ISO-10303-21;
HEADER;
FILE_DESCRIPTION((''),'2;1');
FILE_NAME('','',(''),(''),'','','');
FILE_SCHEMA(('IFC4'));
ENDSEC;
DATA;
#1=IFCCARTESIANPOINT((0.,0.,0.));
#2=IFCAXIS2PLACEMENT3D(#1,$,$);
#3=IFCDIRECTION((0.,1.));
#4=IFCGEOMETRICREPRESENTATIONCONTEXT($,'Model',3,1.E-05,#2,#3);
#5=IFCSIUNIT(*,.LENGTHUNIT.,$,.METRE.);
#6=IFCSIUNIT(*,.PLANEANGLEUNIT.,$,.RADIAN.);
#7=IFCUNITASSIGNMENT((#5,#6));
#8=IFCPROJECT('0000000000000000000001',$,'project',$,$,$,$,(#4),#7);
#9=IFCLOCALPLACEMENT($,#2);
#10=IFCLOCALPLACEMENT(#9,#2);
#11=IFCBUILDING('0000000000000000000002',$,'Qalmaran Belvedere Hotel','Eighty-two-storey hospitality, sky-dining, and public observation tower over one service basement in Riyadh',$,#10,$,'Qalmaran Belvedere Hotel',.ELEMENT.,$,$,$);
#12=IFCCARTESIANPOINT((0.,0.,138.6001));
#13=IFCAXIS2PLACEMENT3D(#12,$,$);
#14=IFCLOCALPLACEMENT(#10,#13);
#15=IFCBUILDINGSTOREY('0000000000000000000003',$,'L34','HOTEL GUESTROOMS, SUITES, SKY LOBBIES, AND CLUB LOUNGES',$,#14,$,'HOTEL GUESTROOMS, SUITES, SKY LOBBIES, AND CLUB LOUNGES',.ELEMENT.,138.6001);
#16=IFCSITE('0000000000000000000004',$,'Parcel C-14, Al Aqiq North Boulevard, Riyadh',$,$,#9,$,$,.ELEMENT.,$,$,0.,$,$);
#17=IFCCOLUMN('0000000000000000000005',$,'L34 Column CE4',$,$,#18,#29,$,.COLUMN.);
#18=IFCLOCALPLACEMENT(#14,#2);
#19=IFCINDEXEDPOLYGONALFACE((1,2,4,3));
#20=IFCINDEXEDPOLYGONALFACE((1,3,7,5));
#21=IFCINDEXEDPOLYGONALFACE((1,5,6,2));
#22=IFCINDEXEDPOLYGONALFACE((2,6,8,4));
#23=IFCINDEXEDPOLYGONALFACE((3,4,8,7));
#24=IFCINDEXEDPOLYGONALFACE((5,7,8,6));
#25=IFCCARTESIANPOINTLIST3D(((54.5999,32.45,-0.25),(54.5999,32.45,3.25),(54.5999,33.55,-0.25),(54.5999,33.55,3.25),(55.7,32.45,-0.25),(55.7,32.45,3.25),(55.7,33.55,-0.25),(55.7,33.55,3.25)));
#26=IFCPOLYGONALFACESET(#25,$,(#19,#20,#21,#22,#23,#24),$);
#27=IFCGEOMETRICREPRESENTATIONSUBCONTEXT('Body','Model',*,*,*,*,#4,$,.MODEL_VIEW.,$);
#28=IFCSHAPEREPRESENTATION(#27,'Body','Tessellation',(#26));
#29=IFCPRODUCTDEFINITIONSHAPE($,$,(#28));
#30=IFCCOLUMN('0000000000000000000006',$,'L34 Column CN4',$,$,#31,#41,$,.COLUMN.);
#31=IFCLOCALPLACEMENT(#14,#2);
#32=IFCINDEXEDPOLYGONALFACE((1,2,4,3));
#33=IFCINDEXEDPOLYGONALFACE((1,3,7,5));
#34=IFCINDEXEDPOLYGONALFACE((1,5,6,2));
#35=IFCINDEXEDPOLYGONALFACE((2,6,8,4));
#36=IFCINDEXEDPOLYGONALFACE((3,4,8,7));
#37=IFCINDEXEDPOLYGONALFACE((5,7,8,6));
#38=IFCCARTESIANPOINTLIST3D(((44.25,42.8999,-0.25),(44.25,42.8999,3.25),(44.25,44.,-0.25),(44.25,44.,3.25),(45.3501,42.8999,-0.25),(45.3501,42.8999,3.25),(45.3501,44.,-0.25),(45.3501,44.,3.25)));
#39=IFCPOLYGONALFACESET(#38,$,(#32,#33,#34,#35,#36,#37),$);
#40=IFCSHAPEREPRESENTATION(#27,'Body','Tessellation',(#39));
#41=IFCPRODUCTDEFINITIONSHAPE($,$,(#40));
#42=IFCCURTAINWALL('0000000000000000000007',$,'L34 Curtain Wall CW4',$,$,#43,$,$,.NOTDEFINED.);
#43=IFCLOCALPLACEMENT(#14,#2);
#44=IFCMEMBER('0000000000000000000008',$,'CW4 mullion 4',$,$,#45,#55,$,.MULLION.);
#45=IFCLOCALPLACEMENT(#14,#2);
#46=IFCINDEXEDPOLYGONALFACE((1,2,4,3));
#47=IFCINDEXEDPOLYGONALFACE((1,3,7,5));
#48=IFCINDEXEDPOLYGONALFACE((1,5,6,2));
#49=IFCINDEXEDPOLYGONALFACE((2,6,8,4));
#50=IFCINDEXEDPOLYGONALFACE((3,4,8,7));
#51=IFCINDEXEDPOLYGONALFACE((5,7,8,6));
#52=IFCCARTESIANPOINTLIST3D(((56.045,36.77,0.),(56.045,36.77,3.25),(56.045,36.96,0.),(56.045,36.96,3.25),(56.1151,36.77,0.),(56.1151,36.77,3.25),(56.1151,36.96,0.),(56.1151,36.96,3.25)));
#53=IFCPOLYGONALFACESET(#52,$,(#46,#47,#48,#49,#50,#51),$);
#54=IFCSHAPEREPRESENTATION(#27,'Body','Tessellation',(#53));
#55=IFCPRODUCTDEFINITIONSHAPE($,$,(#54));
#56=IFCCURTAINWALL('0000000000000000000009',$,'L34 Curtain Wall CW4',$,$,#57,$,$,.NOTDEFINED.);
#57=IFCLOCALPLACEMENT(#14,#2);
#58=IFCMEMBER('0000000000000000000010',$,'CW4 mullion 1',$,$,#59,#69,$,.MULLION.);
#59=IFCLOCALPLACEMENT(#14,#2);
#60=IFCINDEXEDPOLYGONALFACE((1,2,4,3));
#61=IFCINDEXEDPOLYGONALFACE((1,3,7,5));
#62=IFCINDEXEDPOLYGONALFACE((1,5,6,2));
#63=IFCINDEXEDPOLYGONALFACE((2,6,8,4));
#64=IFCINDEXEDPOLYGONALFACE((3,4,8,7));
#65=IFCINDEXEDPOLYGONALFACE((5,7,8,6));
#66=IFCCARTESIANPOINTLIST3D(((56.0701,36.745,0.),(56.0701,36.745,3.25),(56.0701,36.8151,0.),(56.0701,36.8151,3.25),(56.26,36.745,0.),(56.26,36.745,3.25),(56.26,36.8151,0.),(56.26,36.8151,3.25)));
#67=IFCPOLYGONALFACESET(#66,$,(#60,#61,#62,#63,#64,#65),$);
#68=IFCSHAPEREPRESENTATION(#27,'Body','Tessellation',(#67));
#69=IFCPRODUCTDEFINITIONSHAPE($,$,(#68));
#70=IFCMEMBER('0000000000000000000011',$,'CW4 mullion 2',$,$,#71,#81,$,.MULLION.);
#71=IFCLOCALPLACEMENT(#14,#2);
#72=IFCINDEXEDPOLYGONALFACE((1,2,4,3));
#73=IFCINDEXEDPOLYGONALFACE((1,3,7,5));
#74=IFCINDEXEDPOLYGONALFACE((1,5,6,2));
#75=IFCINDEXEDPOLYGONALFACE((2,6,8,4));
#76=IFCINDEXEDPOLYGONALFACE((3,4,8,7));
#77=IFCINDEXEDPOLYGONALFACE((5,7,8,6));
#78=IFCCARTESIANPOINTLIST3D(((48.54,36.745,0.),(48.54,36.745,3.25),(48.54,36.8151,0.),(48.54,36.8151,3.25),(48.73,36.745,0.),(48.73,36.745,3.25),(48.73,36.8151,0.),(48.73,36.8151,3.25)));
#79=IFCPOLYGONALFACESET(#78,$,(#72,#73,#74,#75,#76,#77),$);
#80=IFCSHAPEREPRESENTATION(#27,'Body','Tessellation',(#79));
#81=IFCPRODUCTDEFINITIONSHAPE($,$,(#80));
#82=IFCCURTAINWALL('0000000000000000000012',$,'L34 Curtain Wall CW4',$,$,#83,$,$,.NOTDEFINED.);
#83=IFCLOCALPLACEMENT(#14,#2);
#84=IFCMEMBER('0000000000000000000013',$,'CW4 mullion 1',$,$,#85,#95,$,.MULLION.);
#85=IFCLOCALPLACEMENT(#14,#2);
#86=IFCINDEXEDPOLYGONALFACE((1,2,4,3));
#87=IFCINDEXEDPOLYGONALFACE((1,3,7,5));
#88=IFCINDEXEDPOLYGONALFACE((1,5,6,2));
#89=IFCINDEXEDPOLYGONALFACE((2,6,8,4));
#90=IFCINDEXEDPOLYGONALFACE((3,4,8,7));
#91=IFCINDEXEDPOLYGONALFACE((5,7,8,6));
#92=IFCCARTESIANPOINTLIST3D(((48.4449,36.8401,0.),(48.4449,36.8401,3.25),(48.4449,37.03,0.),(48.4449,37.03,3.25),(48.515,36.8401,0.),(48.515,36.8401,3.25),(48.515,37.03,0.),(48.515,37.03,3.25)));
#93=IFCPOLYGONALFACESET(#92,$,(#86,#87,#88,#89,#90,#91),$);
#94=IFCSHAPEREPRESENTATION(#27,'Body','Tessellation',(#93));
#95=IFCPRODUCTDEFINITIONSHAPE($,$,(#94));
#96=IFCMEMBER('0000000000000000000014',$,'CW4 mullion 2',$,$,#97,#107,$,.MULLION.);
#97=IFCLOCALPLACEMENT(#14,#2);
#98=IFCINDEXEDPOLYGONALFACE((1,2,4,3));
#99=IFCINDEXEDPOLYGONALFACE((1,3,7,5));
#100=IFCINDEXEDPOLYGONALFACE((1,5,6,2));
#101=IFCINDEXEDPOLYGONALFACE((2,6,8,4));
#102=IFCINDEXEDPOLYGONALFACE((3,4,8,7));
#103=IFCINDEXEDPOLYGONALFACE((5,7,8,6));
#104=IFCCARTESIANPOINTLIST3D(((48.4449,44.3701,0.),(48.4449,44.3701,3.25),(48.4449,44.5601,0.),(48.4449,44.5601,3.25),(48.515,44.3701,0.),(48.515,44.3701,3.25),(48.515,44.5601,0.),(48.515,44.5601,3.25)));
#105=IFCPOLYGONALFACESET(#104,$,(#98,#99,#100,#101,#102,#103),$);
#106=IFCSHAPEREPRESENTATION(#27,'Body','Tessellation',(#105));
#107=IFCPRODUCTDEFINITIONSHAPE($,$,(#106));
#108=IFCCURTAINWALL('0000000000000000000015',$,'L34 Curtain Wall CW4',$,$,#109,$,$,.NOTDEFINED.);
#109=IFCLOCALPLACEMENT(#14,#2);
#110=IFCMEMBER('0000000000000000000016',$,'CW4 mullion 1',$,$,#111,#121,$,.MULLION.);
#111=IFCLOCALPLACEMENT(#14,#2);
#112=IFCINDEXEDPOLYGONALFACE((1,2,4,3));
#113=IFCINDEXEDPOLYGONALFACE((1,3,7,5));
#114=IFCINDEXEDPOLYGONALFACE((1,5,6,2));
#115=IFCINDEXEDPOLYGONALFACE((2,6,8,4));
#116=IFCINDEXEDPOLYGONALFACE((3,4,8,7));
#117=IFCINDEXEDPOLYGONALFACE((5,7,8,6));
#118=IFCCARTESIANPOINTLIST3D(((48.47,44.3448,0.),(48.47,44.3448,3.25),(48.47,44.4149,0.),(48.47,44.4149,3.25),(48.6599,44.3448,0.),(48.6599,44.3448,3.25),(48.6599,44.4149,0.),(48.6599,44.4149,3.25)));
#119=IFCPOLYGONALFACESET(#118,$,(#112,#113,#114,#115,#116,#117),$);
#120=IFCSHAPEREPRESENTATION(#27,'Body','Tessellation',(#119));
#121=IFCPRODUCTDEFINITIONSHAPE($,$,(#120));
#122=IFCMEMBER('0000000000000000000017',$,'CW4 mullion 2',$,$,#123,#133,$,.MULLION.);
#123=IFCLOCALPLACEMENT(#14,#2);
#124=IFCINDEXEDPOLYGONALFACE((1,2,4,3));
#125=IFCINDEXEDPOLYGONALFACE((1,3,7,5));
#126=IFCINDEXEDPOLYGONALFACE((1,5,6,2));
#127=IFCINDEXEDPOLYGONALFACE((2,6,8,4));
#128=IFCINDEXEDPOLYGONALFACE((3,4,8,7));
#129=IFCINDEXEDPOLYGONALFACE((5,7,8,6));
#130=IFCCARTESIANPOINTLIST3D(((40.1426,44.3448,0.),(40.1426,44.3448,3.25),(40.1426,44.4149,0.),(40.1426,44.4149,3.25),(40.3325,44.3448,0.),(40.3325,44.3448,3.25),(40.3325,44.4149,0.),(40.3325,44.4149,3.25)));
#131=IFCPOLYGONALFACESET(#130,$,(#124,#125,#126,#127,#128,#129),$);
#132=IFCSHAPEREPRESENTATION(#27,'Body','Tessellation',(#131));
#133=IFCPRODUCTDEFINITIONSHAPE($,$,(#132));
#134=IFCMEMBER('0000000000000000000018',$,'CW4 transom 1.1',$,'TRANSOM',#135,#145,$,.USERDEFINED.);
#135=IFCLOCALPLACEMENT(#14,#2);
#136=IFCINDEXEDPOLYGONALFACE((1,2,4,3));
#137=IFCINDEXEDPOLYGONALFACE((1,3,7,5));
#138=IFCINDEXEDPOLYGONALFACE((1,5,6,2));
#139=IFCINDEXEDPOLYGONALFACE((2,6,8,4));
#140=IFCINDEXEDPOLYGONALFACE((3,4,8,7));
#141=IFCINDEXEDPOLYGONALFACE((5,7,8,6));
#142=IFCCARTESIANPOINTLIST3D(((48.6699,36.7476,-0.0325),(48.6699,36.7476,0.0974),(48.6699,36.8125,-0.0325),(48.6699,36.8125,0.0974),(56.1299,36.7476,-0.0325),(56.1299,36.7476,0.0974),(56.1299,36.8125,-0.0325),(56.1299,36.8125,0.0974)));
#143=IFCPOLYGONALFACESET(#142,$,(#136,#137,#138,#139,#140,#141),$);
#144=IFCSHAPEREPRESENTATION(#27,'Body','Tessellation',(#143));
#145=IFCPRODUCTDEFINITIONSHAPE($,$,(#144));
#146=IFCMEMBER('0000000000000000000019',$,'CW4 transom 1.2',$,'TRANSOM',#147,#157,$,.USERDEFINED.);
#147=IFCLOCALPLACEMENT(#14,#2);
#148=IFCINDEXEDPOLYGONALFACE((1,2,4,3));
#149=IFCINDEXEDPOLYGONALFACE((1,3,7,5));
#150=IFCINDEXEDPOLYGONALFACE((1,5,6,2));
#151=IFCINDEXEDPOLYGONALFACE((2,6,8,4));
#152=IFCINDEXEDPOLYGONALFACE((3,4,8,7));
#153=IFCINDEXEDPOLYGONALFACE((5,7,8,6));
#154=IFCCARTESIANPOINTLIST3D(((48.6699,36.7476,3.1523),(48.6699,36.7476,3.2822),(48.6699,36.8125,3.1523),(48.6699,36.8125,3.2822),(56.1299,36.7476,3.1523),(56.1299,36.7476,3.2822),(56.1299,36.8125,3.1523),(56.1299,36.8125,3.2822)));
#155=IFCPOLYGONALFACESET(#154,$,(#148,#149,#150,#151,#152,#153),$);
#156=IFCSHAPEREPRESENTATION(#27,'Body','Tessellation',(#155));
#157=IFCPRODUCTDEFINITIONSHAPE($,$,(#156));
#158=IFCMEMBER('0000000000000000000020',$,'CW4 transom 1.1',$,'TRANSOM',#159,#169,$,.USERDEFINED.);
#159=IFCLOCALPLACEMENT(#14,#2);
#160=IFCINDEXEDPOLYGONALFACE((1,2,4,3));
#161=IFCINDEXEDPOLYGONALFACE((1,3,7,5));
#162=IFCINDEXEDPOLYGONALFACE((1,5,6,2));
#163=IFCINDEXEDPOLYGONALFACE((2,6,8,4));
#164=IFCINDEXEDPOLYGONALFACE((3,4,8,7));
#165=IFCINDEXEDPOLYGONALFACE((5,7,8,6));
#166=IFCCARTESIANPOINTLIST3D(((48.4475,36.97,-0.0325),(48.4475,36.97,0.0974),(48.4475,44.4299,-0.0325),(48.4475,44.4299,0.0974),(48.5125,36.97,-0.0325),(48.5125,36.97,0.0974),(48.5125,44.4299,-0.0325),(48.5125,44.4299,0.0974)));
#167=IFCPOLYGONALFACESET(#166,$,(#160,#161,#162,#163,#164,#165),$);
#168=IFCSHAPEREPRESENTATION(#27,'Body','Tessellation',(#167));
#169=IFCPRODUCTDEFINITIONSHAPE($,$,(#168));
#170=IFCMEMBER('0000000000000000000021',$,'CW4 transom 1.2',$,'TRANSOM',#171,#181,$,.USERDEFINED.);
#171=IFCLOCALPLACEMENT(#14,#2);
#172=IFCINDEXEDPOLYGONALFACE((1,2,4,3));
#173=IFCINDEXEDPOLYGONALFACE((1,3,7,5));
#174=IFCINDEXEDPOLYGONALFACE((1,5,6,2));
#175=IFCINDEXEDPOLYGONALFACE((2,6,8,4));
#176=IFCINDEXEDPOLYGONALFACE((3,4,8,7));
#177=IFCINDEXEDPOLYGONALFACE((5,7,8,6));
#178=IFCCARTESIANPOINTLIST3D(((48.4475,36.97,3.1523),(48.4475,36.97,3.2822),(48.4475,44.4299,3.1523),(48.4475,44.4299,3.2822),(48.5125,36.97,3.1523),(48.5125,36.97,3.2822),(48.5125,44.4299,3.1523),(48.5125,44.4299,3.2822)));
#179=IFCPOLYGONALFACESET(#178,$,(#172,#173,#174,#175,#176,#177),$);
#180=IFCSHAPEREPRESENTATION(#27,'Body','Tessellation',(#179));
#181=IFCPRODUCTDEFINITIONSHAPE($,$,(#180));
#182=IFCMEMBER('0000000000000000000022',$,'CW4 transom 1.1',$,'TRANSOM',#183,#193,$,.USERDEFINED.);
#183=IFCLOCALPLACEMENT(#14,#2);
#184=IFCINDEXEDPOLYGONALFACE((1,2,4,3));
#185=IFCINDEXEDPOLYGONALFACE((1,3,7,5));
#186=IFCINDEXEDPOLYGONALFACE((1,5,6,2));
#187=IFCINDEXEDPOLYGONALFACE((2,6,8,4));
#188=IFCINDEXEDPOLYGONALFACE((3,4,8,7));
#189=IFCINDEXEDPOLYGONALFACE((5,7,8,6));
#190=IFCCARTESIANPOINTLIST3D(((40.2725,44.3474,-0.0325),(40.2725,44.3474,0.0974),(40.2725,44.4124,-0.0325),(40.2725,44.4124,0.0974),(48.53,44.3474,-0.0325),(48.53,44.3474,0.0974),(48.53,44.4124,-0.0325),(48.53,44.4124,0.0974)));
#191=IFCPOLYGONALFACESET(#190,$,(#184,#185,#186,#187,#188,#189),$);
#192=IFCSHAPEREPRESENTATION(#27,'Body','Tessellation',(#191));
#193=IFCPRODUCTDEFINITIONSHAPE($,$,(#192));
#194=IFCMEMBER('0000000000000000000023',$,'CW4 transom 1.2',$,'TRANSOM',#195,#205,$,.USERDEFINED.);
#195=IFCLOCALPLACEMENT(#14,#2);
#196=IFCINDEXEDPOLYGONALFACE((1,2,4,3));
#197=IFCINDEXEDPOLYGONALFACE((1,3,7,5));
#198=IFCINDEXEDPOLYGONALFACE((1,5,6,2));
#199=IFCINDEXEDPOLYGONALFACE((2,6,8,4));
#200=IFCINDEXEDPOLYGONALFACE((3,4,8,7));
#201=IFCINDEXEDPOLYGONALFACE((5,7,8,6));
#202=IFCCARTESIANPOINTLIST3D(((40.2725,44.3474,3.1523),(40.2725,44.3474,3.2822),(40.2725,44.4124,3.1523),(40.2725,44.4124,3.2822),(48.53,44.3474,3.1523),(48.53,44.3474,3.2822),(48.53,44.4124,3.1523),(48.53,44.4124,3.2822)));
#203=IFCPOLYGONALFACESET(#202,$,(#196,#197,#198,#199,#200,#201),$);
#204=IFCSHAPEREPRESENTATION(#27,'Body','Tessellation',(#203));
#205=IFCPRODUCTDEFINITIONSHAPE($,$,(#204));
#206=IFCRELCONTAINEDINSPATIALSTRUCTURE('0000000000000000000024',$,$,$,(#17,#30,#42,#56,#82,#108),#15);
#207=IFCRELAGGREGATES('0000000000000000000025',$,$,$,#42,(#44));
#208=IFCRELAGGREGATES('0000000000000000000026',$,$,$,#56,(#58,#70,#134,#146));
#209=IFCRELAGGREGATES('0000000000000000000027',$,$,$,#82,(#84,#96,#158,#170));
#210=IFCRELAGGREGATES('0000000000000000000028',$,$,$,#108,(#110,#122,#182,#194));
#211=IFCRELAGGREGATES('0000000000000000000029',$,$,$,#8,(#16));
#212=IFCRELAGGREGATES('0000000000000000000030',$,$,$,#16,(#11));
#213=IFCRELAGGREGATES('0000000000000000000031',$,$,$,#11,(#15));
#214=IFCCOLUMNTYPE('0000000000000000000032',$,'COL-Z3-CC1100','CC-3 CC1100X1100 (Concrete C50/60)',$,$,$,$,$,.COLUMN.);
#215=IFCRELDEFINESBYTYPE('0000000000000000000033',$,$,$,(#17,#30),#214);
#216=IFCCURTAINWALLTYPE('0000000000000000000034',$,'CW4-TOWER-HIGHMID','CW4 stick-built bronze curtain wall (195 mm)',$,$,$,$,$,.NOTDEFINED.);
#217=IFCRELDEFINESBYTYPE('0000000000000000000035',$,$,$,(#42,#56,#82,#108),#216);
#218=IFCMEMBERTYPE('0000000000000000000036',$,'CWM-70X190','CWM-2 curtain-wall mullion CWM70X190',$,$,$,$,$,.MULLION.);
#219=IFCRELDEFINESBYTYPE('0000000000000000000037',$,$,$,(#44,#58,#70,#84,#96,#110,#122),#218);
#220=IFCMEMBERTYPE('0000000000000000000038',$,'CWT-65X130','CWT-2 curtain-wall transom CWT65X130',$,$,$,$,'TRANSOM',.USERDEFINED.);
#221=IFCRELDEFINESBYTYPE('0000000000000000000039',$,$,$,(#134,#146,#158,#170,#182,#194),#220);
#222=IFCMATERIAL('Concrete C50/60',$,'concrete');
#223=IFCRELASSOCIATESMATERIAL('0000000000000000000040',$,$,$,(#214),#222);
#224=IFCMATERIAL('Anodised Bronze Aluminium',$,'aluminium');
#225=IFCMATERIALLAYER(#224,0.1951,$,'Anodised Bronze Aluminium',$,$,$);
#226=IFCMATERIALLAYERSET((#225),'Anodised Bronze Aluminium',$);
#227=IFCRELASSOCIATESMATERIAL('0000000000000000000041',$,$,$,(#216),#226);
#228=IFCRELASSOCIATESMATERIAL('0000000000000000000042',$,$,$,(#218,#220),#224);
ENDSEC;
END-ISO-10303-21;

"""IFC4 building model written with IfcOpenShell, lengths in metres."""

from ifc_helpers import new_model, si_unit, direction, frame, origin, origin_2d, place, context, subcontext, project, spatial, rectangle, extrude, material, layer, layer_set, material_profile, profile_set, type_object, element, aggregate, save


model = new_model("IFC4")

# Units and contexts
model_context = context("Model", 3, precision=1e-05, world=origin(), true_north=direction((0.0, 1.0)))
body_context = subcontext(model_context, "Body", "Model", "MODEL_VIEW")
ifc_project = project(units=[si_unit("LENGTHUNIT", "METRE"), si_unit("PLANEANGLEUNIT", "RADIAN")], contexts=[model_context])

# Site, building, storey
site_placement = place(None, origin())
site = spatial("IfcSite", under=ifc_project, at=site_placement, Name="Parcel C-14, Al Aqiq North Boulevard, Riyadh", CompositionType="ELEMENT", RefElevation=0.0)
building_placement = place(site_placement, origin())
building = spatial("IfcBuilding", under=site, at=building_placement, Name="Qalmaran Belvedere Hotel", Description="Eighty-two-storey hospitality, sky-dining, and public observation tower over one service basement in Riyadh", LongName="Qalmaran Belvedere Hotel", CompositionType="ELEMENT")
storey_placement = place(building_placement, frame((0.0, 0.0, 138.6001)))
storey = spatial("IfcBuildingStorey", under=building, at=storey_placement, Name="L34", Description="HOTEL GUESTROOMS, SUITES, SKY LOBBIES, AND CLUB LOUNGES", LongName="HOTEL GUESTROOMS, SUITES, SKY LOBBIES, AND CLUB LOUNGES", CompositionType="ELEMENT", Elevation=138.6001)

# Columns
ifc_material_1 = material(Name="Concrete C50/60", Category="concrete")
ifc_material_profile_1 = material_profile(ifc_material_1, rectangle(XDim=1.1001, YDim=1.1001, at=origin_2d()), Name="CC1100X1100")
ifc_profile_set_1 = profile_set([ifc_material_profile_1], Name="Concrete C50/60")
column_type = type_object("IfcColumnType", Name="COL-Z3-CC1100", Description="CC-3 CC1100X1100 (Concrete C50/60)", PredefinedType="COLUMN", material=ifc_profile_set_1)
for number, where, z_axis, x_axis, name in (
    (1, (55.1499, 33.0, -0.25), (0.0, 0.0, 1.0), (1.0, 0.0, 0.0), "L34 Column CE4"),
    (2, (44.8, 43.45, -0.25), (0.0, 0.0, 1.0), (1.0, 0.0, 0.0), "L34 Column CN4"),
):
    element("IfcColumn", number, at=place(storey_placement, frame(where, z_axis=z_axis, x_axis=x_axis)), inside=storey, type_object=column_type, Name=name, PredefinedType="COLUMN", context=body_context, shape_type="SweptSolid", body=[
        extrude(rectangle(XDim=1.1001, YDim=1.1001, at=origin_2d()), origin(), (0.0, 0.0, 1.0), 3.5),
    ])

# Curtain wall, member
ifc_material_2 = material(Name="Anodised Bronze Aluminium", Category="aluminium")
ifc_layer_1 = layer(ifc_material_2, 0.1951, Name="Anodised Bronze Aluminium")
ifc_layer_set_1 = layer_set([ifc_layer_1], Name="Anodised Bronze Aluminium")
curtain_wall_type = type_object("IfcCurtainWallType", Name="CW4-TOWER-HIGHMID", Description="CW4 stick-built bronze curtain wall (195 mm)", PredefinedType="NOTDEFINED", material=ifc_layer_set_1)
curtain_wall_1_placement = place(storey_placement, origin())
curtain_wall_1 = element("IfcCurtainWall", 3, at=curtain_wall_1_placement, inside=storey, type_object=curtain_wall_type, Name="L34 Curtain Wall CW4", PredefinedType="NOTDEFINED")
ifc_material_profile_2 = material_profile(ifc_material_2, rectangle(XDim=0.0701, YDim=0.1899, at=origin_2d()), Name="CWM70X190")
ifc_profile_set_2 = profile_set([ifc_material_profile_2], Name="Anodised Bronze Aluminium")
member_type_1 = type_object("IfcMemberType", Name="CWM-70X190", Description="CWM-2 curtain-wall mullion CWM70X190", PredefinedType="MULLION", material=ifc_profile_set_2)
member_1_placement = place(storey_placement, frame((56.0801, 36.865, 0.0), z_axis=(0.0, 0.0, 1.0), x_axis=(-1.0, 0.0, 0.0)))
member_1 = element("IfcMember", 4, at=member_1_placement, type_object=member_type_1, Name="CW4 mullion 4", PredefinedType="MULLION", context=body_context, shape_type="SweptSolid", body=[
    extrude(rectangle(XDim=0.0701, YDim=0.1899, at=origin_2d()), origin(), (0.0, 0.0, 1.0), 3.25),
])
aggregate(curtain_wall_1, [member_1])

# Curtain walls, members
curtain_wall_2_placement = place(storey_placement, origin())
curtain_wall_2 = element("IfcCurtainWall", 5, at=curtain_wall_2_placement, inside=storey, type_object=curtain_wall_type, Name="L34 Curtain Wall CW4", PredefinedType="NOTDEFINED")
member_2_placement = place(storey_placement, frame((56.165, 36.78, 0.0), z_axis=(0.0, 0.0, 1.0), x_axis=(0.0, -1.0, 0.0)))
member_2 = element("IfcMember", 6, at=member_2_placement, type_object=member_type_1, Name="CW4 mullion 1", PredefinedType="MULLION", context=body_context, shape_type="SweptSolid", body=[
    extrude(rectangle(XDim=0.0701, YDim=0.1899, at=origin_2d()), origin(), (0.0, 0.0, 1.0), 3.25),
])
member_3_placement = place(storey_placement, frame((48.635, 36.78, 0.0), z_axis=(0.0, 0.0, 1.0), x_axis=(0.0, -1.0, 0.0)))
member_3 = element("IfcMember", 7, at=member_3_placement, type_object=member_type_1, Name="CW4 mullion 2", PredefinedType="MULLION", context=body_context, shape_type="SweptSolid", body=[
    extrude(rectangle(XDim=0.0701, YDim=0.1899, at=origin_2d()), origin(), (0.0, 0.0, 1.0), 3.25),
])
curtain_wall_3_placement = place(storey_placement, origin())
curtain_wall_3 = element("IfcCurtainWall", 8, at=curtain_wall_3_placement, inside=storey, type_object=curtain_wall_type, Name="L34 Curtain Wall CW4", PredefinedType="NOTDEFINED")
member_4_placement = place(storey_placement, frame((48.48, 36.9351, 0.0), z_axis=(0.0, 0.0, 1.0), x_axis=(-1.0, 0.0, 0.0)))
member_4 = element("IfcMember", 9, at=member_4_placement, type_object=member_type_1, Name="CW4 mullion 1", PredefinedType="MULLION", context=body_context, shape_type="SweptSolid", body=[
    extrude(rectangle(XDim=0.0701, YDim=0.1899, at=origin_2d()), origin(), (0.0, 0.0, 1.0), 3.25),
])
member_5_placement = place(storey_placement, frame((48.48, 44.4651, 0.0), z_axis=(0.0, 0.0, 1.0), x_axis=(-1.0, 0.0, 0.0)))
member_5 = element("IfcMember", 10, at=member_5_placement, type_object=member_type_1, Name="CW4 mullion 2", PredefinedType="MULLION", context=body_context, shape_type="SweptSolid", body=[
    extrude(rectangle(XDim=0.0701, YDim=0.1899, at=origin_2d()), origin(), (0.0, 0.0, 1.0), 3.25),
])
curtain_wall_4_placement = place(storey_placement, origin())
curtain_wall_4 = element("IfcCurtainWall", 11, at=curtain_wall_4_placement, inside=storey, type_object=curtain_wall_type, Name="L34 Curtain Wall CW4", PredefinedType="NOTDEFINED")
member_6_placement = place(storey_placement, frame((48.5649, 44.3799, 0.0), z_axis=(0.0, 0.0, 1.0), x_axis=(0.0, -1.0, 0.0)))
member_6 = element("IfcMember", 12, at=member_6_placement, type_object=member_type_1, Name="CW4 mullion 1", PredefinedType="MULLION", context=body_context, shape_type="SweptSolid", body=[
    extrude(rectangle(XDim=0.0701, YDim=0.1899, at=origin_2d()), origin(), (0.0, 0.0, 1.0), 3.25),
])
member_7_placement = place(storey_placement, frame((40.2375, 44.3799, 0.0), z_axis=(0.0, 0.0, 1.0), x_axis=(0.0, -1.0, 0.0)))
member_7 = element("IfcMember", 13, at=member_7_placement, type_object=member_type_1, Name="CW4 mullion 2", PredefinedType="MULLION", context=body_context, shape_type="SweptSolid", body=[
    extrude(rectangle(XDim=0.0701, YDim=0.1899, at=origin_2d()), origin(), (0.0, 0.0, 1.0), 3.25),
])

# Members
ifc_material_profile_3 = material_profile(ifc_material_2, rectangle(XDim=0.0649, YDim=0.1299, at=origin_2d()), Name="CWT65X130")
ifc_profile_set_3 = profile_set([ifc_material_profile_3], Name="Anodised Bronze Aluminium")
member_type_2 = type_object("IfcMemberType", Name="CWT-65X130", Description="CWT-2 curtain-wall transom CWT65X130", ElementType="TRANSOM", PredefinedType="USERDEFINED", material=ifc_profile_set_3)
member_8_placement = place(storey_placement, frame((56.1299, 36.78, 0.0325), z_axis=(-1.0, 0.0, 0.0), x_axis=(0.0, -1.0, 0.0)))
member_8 = element("IfcMember", 14, at=member_8_placement, type_object=member_type_2, Name="CW4 transom 1.1", ObjectType="TRANSOM", PredefinedType="USERDEFINED", context=body_context, shape_type="SweptSolid", body=[
    extrude(rectangle(XDim=0.0649, YDim=0.1299, at=origin_2d()), origin(), (0.0, 0.0, 1.0), 7.46),
])
member_9_placement = place(storey_placement, frame((56.1299, 36.78, 3.2173), z_axis=(-1.0, 0.0, 0.0), x_axis=(0.0, -1.0, 0.0)))
member_9 = element("IfcMember", 15, at=member_9_placement, type_object=member_type_2, Name="CW4 transom 1.2", ObjectType="TRANSOM", PredefinedType="USERDEFINED", context=body_context, shape_type="SweptSolid", body=[
    extrude(rectangle(XDim=0.0649, YDim=0.1299, at=origin_2d()), origin(), (0.0, 0.0, 1.0), 7.46),
])
member_10_placement = place(storey_placement, frame((48.48, 36.97, 0.0325), z_axis=(0.0, 1.0, 0.0), x_axis=(-1.0, 0.0, 0.0)))
member_10 = element("IfcMember", 16, at=member_10_placement, type_object=member_type_2, Name="CW4 transom 1.1", ObjectType="TRANSOM", PredefinedType="USERDEFINED", context=body_context, shape_type="SweptSolid", body=[
    extrude(rectangle(XDim=0.0649, YDim=0.1299, at=origin_2d()), origin(), (0.0, 0.0, 1.0), 7.46),
])
member_11_placement = place(storey_placement, frame((48.48, 36.97, 3.2173), z_axis=(0.0, 1.0, 0.0), x_axis=(-1.0, 0.0, 0.0)))
member_11 = element("IfcMember", 17, at=member_11_placement, type_object=member_type_2, Name="CW4 transom 1.2", ObjectType="TRANSOM", PredefinedType="USERDEFINED", context=body_context, shape_type="SweptSolid", body=[
    extrude(rectangle(XDim=0.0649, YDim=0.1299, at=origin_2d()), origin(), (0.0, 0.0, 1.0), 7.46),
])
member_12_placement = place(storey_placement, frame((48.53, 44.3799, 0.0325), z_axis=(-1.0, 0.0, 0.0), x_axis=(0.0, -1.0, 0.0)))
member_12 = element("IfcMember", 18, at=member_12_placement, type_object=member_type_2, Name="CW4 transom 1.1", ObjectType="TRANSOM", PredefinedType="USERDEFINED", context=body_context, shape_type="SweptSolid", body=[
    extrude(rectangle(XDim=0.0649, YDim=0.1299, at=origin_2d()), origin(), (0.0, 0.0, 1.0), 8.2576),
])
member_13_placement = place(storey_placement, frame((48.53, 44.3799, 3.2173), z_axis=(-1.0, 0.0, 0.0), x_axis=(0.0, -1.0, 0.0)))
member_13 = element("IfcMember", 19, at=member_13_placement, type_object=member_type_2, Name="CW4 transom 1.2", ObjectType="TRANSOM", PredefinedType="USERDEFINED", context=body_context, shape_type="SweptSolid", body=[
    extrude(rectangle(XDim=0.0649, YDim=0.1299, at=origin_2d()), origin(), (0.0, 0.0, 1.0), 8.2576),
])

aggregate(curtain_wall_2, [member_2, member_3, member_8, member_9])
aggregate(curtain_wall_3, [member_4, member_5, member_10, member_11])
aggregate(curtain_wall_4, [member_6, member_7, member_12, member_13])

save(model, "model.ifc")
